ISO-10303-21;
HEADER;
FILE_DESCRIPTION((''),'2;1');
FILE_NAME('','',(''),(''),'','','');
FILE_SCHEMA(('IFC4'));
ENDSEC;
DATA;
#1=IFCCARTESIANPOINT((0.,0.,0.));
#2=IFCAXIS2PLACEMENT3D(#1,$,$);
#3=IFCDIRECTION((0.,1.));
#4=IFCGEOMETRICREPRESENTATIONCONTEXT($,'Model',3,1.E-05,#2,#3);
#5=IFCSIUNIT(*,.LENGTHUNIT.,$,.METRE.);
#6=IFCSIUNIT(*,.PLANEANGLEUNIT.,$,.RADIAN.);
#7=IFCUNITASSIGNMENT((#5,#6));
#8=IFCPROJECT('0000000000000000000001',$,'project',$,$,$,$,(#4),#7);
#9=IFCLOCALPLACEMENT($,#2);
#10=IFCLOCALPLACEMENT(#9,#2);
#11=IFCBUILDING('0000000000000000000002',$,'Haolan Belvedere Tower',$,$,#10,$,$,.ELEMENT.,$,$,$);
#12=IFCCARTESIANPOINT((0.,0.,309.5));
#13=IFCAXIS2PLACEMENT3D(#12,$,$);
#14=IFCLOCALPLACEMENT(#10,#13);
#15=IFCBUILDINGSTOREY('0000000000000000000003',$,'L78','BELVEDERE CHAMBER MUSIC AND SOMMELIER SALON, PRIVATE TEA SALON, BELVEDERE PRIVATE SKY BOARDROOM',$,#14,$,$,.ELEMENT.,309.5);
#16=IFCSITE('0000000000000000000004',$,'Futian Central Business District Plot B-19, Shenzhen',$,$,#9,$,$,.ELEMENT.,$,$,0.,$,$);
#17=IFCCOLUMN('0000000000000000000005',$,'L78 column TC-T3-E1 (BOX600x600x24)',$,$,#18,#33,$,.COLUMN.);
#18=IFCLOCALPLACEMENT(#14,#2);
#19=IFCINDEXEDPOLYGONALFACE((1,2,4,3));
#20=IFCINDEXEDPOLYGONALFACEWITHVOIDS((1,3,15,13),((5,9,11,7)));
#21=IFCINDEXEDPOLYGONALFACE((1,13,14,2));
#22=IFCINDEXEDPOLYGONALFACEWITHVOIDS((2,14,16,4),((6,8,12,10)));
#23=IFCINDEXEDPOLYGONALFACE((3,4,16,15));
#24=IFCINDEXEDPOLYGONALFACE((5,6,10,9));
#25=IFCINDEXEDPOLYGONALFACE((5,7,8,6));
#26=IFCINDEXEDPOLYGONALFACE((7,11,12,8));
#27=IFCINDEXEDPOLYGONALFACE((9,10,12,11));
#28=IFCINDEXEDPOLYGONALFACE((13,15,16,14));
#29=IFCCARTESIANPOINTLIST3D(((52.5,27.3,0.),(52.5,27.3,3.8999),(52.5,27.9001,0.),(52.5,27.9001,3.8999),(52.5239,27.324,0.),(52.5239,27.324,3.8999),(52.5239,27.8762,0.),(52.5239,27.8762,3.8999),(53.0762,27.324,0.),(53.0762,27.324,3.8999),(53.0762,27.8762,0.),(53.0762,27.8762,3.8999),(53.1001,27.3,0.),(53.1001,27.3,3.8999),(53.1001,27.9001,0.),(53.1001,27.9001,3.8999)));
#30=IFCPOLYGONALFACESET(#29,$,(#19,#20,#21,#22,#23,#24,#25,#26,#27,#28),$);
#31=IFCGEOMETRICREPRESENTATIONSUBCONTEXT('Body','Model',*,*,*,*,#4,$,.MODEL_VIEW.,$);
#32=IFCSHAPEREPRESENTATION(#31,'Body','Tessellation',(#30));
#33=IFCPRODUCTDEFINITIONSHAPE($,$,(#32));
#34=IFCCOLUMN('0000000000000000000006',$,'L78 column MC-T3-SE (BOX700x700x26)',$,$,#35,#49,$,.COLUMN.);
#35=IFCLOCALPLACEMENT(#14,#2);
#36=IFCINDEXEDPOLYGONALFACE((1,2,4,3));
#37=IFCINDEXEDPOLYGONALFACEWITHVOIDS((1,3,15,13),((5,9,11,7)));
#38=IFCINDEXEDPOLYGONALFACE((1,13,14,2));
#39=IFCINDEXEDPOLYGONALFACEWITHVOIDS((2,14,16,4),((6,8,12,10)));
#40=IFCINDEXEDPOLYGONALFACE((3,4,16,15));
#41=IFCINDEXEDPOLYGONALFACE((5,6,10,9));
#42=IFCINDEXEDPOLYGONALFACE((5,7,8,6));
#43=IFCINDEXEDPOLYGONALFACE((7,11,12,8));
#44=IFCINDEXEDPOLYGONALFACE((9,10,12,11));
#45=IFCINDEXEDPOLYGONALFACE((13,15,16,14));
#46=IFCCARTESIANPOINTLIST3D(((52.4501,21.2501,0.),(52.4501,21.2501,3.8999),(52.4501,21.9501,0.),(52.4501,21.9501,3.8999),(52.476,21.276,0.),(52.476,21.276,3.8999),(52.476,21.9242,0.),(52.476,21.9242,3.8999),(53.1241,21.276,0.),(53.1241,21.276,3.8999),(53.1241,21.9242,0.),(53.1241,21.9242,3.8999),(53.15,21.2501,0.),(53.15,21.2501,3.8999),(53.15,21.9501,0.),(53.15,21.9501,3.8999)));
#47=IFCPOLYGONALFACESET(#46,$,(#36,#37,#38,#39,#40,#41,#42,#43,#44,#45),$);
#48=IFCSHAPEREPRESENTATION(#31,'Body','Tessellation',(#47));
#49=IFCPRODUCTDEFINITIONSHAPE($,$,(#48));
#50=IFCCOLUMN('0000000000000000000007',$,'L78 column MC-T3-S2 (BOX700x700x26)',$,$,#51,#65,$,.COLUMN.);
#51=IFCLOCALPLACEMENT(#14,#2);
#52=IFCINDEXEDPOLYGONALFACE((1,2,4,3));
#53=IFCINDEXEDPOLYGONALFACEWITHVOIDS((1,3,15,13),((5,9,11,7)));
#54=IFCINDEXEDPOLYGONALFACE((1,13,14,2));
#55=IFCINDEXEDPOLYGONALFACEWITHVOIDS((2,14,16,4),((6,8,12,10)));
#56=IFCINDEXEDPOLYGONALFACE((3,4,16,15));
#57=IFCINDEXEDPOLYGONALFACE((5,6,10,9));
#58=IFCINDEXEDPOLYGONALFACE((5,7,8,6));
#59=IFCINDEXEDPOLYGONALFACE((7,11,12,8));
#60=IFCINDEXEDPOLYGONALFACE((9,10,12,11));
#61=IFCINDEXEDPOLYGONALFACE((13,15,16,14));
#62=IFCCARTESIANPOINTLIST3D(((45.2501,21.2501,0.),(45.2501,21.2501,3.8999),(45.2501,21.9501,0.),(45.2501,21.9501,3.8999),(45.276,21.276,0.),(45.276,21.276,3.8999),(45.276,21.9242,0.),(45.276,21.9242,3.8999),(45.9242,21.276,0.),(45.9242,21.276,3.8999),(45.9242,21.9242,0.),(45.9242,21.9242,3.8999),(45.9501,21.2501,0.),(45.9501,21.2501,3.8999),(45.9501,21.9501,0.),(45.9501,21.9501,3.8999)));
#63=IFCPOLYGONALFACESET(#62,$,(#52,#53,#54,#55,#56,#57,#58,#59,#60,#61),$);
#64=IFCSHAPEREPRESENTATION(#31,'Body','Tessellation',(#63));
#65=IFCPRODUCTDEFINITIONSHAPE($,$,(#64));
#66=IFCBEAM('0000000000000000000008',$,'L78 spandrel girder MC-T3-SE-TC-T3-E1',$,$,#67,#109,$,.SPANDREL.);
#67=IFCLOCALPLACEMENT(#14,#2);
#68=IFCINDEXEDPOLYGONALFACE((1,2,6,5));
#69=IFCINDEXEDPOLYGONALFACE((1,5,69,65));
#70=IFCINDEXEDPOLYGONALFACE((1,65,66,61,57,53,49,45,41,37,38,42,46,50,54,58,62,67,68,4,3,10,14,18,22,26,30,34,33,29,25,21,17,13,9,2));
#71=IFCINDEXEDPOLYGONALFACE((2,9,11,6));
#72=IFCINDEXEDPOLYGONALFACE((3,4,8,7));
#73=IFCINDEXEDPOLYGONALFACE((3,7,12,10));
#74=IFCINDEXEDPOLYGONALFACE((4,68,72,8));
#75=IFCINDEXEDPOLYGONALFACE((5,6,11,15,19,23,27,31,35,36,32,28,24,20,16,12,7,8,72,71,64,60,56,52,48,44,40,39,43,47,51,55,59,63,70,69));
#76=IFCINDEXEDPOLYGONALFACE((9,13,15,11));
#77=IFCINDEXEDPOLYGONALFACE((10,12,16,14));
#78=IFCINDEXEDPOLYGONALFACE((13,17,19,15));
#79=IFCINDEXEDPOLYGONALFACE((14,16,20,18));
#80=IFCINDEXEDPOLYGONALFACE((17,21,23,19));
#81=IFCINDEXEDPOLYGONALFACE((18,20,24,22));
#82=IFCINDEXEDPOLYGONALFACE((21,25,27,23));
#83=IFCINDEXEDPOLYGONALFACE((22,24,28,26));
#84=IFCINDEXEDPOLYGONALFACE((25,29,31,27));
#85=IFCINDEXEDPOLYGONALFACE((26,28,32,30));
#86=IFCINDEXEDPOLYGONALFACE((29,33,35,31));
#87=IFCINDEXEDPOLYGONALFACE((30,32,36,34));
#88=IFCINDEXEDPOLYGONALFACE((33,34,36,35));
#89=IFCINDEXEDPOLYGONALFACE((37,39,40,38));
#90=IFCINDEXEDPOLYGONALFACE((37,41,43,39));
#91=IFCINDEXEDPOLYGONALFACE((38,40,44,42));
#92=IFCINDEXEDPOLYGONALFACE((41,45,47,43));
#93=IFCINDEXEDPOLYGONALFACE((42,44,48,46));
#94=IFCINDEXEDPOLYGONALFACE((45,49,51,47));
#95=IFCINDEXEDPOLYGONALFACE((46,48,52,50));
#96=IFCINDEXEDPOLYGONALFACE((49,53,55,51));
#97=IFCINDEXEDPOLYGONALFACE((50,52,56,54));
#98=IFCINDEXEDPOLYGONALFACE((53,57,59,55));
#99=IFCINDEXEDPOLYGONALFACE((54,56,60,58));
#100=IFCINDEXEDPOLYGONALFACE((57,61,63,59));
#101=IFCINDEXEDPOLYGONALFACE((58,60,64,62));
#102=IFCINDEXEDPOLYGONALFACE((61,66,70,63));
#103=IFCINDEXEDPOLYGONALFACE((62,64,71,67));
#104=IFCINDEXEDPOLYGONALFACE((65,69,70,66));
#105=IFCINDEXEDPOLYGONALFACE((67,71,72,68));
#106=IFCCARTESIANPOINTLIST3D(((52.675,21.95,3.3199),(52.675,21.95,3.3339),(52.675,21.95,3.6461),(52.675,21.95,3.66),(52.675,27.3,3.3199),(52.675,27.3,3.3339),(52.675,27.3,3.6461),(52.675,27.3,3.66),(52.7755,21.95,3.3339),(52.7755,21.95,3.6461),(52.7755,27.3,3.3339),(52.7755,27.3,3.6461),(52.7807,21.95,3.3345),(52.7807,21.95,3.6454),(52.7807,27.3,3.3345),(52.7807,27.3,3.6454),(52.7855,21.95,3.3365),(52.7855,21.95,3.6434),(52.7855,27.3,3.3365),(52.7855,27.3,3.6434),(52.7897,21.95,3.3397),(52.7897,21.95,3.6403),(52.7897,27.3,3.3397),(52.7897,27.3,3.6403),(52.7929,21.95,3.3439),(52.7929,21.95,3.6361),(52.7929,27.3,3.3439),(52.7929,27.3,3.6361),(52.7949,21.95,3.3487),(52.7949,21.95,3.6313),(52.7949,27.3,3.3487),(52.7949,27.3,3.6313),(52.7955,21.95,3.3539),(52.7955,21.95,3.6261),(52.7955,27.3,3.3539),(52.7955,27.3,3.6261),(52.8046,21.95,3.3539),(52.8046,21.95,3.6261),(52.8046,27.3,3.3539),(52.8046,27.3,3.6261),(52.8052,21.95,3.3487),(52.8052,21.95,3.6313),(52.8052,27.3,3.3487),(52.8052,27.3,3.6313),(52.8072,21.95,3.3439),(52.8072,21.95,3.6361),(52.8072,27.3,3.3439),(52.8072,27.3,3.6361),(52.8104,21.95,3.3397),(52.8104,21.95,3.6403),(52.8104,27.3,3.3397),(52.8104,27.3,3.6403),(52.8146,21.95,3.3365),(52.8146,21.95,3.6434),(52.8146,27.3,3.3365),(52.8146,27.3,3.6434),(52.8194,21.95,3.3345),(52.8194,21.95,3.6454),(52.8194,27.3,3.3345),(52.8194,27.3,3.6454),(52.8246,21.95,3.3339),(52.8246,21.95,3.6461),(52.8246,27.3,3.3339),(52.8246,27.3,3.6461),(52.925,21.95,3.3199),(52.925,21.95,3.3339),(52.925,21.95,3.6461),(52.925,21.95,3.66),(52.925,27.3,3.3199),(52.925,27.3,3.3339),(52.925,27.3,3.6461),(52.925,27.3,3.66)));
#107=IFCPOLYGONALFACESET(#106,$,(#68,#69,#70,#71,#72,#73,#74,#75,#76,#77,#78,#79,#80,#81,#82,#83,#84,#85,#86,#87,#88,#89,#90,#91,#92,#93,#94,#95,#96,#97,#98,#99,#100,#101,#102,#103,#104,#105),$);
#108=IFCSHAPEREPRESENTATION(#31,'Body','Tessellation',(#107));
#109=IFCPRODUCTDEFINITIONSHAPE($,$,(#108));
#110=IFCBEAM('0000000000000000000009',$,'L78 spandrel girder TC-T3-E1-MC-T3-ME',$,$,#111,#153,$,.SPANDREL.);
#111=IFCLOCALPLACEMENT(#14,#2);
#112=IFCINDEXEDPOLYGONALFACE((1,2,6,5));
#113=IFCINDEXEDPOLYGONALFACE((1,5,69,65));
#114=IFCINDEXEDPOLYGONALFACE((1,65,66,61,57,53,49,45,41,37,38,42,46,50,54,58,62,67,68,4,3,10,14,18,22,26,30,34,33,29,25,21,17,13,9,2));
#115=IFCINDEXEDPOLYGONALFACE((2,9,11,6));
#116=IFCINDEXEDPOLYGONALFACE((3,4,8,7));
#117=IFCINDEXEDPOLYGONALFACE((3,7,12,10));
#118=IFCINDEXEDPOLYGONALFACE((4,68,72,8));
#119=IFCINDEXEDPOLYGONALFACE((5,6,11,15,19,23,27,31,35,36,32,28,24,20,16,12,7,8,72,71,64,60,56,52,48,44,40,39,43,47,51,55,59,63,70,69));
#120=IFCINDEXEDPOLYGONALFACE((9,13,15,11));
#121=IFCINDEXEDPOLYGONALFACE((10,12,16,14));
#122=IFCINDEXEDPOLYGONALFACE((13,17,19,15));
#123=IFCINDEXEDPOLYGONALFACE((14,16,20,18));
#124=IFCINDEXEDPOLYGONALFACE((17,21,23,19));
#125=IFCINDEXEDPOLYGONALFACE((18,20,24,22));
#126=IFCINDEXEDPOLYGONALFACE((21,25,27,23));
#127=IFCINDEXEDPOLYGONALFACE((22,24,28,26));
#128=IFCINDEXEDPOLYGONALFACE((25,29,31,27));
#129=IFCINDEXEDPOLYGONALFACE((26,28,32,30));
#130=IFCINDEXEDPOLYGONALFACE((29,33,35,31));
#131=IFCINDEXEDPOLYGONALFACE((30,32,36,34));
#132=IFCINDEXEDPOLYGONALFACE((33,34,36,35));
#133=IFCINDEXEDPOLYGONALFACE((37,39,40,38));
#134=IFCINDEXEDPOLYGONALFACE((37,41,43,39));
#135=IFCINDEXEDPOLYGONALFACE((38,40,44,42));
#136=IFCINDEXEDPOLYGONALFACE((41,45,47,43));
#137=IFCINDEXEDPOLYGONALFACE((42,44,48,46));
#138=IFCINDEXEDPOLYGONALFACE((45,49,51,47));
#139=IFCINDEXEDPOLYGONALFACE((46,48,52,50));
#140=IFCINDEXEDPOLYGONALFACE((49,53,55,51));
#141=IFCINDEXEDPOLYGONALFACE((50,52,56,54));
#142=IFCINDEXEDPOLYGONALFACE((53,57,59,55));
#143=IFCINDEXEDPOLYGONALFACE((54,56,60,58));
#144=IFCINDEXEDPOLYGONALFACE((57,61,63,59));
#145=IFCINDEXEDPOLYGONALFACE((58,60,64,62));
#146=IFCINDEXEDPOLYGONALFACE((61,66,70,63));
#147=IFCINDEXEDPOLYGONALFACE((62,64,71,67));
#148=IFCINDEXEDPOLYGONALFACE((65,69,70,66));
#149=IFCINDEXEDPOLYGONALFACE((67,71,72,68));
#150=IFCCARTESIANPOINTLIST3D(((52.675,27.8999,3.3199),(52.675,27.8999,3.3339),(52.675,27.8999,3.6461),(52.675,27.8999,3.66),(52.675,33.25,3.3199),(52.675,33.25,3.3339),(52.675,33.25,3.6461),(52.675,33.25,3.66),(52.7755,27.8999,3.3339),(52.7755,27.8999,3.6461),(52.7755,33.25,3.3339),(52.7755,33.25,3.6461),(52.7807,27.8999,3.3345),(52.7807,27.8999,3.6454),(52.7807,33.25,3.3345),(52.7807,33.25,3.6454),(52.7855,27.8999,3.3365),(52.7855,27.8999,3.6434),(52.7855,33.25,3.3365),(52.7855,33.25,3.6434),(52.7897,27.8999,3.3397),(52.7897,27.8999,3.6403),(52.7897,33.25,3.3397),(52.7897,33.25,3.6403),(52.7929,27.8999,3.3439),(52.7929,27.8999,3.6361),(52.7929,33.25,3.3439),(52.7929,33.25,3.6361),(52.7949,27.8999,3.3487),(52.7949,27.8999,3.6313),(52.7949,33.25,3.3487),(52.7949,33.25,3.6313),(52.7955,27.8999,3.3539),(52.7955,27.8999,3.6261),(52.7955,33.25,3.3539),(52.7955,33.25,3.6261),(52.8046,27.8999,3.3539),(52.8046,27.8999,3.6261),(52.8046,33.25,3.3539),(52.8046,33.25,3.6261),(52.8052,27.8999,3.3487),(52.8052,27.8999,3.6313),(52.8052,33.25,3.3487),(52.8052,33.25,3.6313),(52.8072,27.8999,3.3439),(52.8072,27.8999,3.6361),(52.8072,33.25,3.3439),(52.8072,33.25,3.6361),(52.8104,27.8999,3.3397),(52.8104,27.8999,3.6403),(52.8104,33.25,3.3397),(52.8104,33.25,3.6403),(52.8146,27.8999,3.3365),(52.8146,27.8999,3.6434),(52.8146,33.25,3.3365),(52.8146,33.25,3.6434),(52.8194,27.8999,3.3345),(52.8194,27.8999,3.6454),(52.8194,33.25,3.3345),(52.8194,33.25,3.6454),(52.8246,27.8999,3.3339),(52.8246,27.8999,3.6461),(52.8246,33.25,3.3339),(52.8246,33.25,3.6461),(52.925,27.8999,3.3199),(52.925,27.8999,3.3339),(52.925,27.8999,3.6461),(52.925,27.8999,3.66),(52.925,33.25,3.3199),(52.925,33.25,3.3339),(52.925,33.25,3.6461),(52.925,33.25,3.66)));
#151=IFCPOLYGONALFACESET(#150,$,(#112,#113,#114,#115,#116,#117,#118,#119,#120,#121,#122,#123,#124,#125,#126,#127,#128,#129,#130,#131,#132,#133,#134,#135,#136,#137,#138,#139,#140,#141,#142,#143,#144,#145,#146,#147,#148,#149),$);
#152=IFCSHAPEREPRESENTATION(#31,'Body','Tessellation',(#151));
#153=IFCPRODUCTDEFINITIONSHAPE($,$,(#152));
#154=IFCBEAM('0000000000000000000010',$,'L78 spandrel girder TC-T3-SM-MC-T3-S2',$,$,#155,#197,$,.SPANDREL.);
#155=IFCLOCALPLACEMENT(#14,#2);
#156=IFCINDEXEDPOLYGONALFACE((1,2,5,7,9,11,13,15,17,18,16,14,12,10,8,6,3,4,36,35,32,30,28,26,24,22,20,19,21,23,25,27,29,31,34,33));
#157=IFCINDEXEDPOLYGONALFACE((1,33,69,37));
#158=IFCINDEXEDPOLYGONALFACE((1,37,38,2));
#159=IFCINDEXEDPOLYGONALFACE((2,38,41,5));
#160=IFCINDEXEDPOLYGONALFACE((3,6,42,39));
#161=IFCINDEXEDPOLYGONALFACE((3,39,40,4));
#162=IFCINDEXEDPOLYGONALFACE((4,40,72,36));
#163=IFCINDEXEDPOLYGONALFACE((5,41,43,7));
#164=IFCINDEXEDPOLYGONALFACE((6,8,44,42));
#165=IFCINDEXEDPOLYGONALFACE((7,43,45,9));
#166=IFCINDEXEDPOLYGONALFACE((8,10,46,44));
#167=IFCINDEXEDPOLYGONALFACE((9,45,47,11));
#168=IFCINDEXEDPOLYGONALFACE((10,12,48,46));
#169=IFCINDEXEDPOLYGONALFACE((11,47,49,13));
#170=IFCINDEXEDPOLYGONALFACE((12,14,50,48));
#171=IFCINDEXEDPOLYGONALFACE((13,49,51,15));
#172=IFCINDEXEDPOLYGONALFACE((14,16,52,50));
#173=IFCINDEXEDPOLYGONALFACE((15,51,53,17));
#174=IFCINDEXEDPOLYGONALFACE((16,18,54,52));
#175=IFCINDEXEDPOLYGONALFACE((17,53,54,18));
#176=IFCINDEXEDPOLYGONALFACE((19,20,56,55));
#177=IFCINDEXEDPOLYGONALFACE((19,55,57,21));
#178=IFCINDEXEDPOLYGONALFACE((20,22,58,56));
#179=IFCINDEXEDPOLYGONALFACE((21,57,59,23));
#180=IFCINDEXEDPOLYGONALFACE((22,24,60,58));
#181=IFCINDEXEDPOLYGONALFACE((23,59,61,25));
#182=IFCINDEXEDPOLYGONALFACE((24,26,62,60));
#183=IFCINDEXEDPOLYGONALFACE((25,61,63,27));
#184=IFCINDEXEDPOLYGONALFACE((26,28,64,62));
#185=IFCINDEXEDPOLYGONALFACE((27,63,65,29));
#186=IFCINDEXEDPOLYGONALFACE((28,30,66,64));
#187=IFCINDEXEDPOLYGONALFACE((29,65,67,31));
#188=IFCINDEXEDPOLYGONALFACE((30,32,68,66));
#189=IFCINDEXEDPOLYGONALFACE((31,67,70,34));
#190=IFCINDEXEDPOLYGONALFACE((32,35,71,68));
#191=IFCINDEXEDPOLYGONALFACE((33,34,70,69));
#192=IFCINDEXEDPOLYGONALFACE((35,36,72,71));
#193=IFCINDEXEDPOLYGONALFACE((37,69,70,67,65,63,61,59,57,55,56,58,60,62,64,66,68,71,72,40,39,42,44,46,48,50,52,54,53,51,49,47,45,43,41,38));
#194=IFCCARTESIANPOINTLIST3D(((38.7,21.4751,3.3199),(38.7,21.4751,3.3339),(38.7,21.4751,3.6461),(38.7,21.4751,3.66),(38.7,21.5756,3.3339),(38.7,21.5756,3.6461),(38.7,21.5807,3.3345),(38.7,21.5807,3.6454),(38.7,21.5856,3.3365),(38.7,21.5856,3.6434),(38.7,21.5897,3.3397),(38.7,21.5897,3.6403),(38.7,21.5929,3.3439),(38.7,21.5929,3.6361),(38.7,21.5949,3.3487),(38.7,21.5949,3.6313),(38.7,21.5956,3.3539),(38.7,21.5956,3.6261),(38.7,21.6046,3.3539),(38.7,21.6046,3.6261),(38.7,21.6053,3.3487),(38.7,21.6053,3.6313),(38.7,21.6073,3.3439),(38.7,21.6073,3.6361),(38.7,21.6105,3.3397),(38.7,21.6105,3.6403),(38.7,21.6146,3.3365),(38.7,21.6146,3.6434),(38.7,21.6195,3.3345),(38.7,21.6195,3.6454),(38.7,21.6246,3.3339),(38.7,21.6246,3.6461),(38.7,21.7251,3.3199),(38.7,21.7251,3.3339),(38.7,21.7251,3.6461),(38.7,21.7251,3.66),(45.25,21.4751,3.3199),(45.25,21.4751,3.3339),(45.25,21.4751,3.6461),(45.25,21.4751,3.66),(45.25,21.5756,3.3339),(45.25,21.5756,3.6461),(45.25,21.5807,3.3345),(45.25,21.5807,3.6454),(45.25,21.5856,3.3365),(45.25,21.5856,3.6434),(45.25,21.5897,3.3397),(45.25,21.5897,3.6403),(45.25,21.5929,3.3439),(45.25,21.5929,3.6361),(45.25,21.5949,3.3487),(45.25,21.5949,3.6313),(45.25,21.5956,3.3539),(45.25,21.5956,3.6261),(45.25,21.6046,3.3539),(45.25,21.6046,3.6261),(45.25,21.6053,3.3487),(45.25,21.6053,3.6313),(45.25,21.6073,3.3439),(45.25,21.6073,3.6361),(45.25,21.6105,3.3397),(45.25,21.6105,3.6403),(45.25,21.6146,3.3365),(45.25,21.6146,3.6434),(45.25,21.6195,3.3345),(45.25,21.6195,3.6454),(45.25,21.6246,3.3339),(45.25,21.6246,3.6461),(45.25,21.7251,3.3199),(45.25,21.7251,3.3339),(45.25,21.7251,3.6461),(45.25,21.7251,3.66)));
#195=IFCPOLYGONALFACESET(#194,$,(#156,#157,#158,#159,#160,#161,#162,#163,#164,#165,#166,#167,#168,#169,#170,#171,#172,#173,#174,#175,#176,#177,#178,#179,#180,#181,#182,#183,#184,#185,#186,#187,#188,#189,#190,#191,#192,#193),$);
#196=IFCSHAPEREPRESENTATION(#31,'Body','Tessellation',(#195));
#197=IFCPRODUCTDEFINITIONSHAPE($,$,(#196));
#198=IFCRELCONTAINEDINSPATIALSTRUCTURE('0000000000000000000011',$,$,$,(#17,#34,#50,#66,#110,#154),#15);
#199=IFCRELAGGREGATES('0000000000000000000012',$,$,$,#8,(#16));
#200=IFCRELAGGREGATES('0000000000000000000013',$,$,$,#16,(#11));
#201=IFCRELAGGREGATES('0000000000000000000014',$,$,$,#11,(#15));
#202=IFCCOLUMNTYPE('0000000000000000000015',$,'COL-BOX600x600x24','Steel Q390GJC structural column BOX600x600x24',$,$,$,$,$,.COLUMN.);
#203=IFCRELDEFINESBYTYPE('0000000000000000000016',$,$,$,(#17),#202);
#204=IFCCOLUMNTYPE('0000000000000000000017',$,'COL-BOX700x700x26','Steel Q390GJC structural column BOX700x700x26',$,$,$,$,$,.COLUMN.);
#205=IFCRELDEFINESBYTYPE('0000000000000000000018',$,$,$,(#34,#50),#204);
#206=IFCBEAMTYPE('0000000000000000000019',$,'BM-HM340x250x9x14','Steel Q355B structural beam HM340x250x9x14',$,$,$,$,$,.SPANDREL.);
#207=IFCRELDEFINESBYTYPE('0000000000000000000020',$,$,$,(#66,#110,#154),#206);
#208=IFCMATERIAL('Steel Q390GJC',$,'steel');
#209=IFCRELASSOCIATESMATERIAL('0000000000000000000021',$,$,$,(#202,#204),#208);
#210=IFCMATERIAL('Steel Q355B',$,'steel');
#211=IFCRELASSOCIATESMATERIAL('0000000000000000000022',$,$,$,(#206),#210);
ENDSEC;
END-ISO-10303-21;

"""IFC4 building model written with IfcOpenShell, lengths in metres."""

from ifc_helpers import new_model, si_unit, direction, frame, origin, origin_2d, place, context, subcontext, project, spatial, hollow_rectangle, i_section, extrude, material, material_profile, profile_set, type_object, element, save


model = new_model("IFC4")

# Units and contexts
model_context = context("Model", 3, precision=1e-05, world=origin(), true_north=direction((0.0, 1.0)))
body_context = subcontext(model_context, "Body", "Model", "MODEL_VIEW")
ifc_project = project(units=[si_unit("LENGTHUNIT", "METRE"), si_unit("PLANEANGLEUNIT", "RADIAN")], contexts=[model_context])

# Site, building, storey
site_placement = place(None, origin())
site = spatial("IfcSite", under=ifc_project, at=site_placement, Name="Futian Central Business District Plot B-19, Shenzhen", CompositionType="ELEMENT", RefElevation=0.0)
building_placement = place(site_placement, origin())
building = spatial("IfcBuilding", under=site, at=building_placement, Name="Haolan Belvedere Tower", CompositionType="ELEMENT")
storey_placement = place(building_placement, frame((0.0, 0.0, 309.5)))
storey = spatial("IfcBuildingStorey", under=building, at=storey_placement, Name="L78", Description="BELVEDERE CHAMBER MUSIC AND SOMMELIER SALON, PRIVATE TEA SALON, BELVEDERE PRIVATE SKY BOARDROOM", CompositionType="ELEMENT", Elevation=309.5)

# Columns
ifc_material_1 = material(Name="Steel Q390GJC", Category="steel")
ifc_material_profile_1 = material_profile(ifc_material_1, hollow_rectangle(XDim=0.6001, YDim=0.6001, WallThickness=0.0239, at=origin_2d()), Name="Steel Q390GJC")
ifc_profile_set_1 = profile_set([ifc_material_profile_1], Name="Steel Q390GJC")
column_type_1 = type_object("IfcColumnType", Name="COL-BOX600x600x24", Description="Steel Q390GJC structural column BOX600x600x24", PredefinedType="COLUMN", material=ifc_profile_set_1)
column_placement = place(storey_placement, frame((52.8, 27.6001, 0.0), z_axis=(0.0, 0.0, 1.0), x_axis=(1.0, 0.0, 0.0)))
element("IfcColumn", 1, at=column_placement, inside=storey, type_object=column_type_1, Name="L78 column TC-T3-E1 (BOX600x600x24)", PredefinedType="COLUMN", context=body_context, shape_type="SweptSolid", body=[
    extrude(hollow_rectangle(XDim=0.6001, YDim=0.6001, WallThickness=0.0239, at=origin_2d()), origin(), (0.0, 0.0, 1.0), 3.8999),
])
ifc_material_profile_2 = material_profile(ifc_material_1, hollow_rectangle(XDim=0.7, YDim=0.7, WallThickness=0.0259, at=origin_2d()), Name="Steel Q390GJC")
ifc_profile_set_2 = profile_set([ifc_material_profile_2], Name="Steel Q390GJC")
column_type_2 = type_object("IfcColumnType", Name="COL-BOX700x700x26", Description="Steel Q390GJC structural column BOX700x700x26", PredefinedType="COLUMN", material=ifc_profile_set_2)
for number, where, z_axis, x_axis, name in (
    (2, (52.8, 21.6001, 0.0), (0.0, 0.0, 1.0), (1.0, 0.0, 0.0), "L78 column MC-T3-SE (BOX700x700x26)"),
    (3, (45.6001, 21.6001, 0.0), (0.0, 0.0, 1.0), (1.0, 0.0, 0.0), "L78 column MC-T3-S2 (BOX700x700x26)"),
):
    element("IfcColumn", number, at=place(storey_placement, frame(where, z_axis=z_axis, x_axis=x_axis)), inside=storey, type_object=column_type_2, Name=name, PredefinedType="COLUMN", context=body_context, shape_type="SweptSolid", body=[
        extrude(hollow_rectangle(XDim=0.7, YDim=0.7, WallThickness=0.0259, at=origin_2d()), origin(), (0.0, 0.0, 1.0), 3.8999),
    ])

# Beams
ifc_material_2 = material(Name="Steel Q355B", Category="steel")
ifc_material_profile_3 = material_profile(ifc_material_2, i_section(OverallWidth=0.25, OverallDepth=0.3401, WebThickness=0.009, FlangeThickness=0.0139, FilletRadius=0.02, at=origin_2d()), Name="Steel Q355B")
ifc_profile_set_3 = profile_set([ifc_material_profile_3], Name="Steel Q355B")
beam_type_1 = type_object("IfcBeamType", Name="BM-HM340x250x9x14", Description="Steel Q355B structural beam HM340x250x9x14", PredefinedType="SPANDREL", material=ifc_profile_set_3)
for number, where, z_axis, x_axis, name in (
    (4, (52.8, 21.95, 3.49), (0.0, 1.0, 0.0), (-1.0, 0.0, 0.0), "L78 spandrel girder MC-T3-SE-TC-T3-E1"),
    (5, (52.8, 27.8999, 3.49), (0.0, 1.0, 0.0), (-1.0, 0.0, 0.0), "L78 spandrel girder TC-T3-E1-MC-T3-ME"),
):
    element("IfcBeam", number, at=place(storey_placement, frame(where, z_axis=z_axis, x_axis=x_axis)), inside=storey, type_object=beam_type_1, Name=name, PredefinedType="SPANDREL", context=body_context, shape_type="SweptSolid", body=[
        extrude(i_section(OverallWidth=0.25, OverallDepth=0.3401, WebThickness=0.009, FlangeThickness=0.0139, FilletRadius=0.02, at=origin_2d()), origin(), (0.0, 0.0, 1.0), 5.3501),
    ])
beam_1_placement = place(storey_placement, frame((38.7, 21.6001, 3.49), z_axis=(1.0, 0.0, 0.0), x_axis=(0.0, 1.0, 0.0)))
element("IfcBeam", 6, at=beam_1_placement, inside=storey, type_object=beam_type_1, Name="L78 spandrel girder TC-T3-SM-MC-T3-S2", PredefinedType="SPANDREL", context=body_context, shape_type="SweptSolid", body=[
    extrude(i_section(OverallWidth=0.25, OverallDepth=0.3401, WebThickness=0.009, FlangeThickness=0.0139, FilletRadius=0.02, at=origin_2d()), origin(), (0.0, 0.0, 1.0), 6.55),
])

save(model, "model.ifc")
